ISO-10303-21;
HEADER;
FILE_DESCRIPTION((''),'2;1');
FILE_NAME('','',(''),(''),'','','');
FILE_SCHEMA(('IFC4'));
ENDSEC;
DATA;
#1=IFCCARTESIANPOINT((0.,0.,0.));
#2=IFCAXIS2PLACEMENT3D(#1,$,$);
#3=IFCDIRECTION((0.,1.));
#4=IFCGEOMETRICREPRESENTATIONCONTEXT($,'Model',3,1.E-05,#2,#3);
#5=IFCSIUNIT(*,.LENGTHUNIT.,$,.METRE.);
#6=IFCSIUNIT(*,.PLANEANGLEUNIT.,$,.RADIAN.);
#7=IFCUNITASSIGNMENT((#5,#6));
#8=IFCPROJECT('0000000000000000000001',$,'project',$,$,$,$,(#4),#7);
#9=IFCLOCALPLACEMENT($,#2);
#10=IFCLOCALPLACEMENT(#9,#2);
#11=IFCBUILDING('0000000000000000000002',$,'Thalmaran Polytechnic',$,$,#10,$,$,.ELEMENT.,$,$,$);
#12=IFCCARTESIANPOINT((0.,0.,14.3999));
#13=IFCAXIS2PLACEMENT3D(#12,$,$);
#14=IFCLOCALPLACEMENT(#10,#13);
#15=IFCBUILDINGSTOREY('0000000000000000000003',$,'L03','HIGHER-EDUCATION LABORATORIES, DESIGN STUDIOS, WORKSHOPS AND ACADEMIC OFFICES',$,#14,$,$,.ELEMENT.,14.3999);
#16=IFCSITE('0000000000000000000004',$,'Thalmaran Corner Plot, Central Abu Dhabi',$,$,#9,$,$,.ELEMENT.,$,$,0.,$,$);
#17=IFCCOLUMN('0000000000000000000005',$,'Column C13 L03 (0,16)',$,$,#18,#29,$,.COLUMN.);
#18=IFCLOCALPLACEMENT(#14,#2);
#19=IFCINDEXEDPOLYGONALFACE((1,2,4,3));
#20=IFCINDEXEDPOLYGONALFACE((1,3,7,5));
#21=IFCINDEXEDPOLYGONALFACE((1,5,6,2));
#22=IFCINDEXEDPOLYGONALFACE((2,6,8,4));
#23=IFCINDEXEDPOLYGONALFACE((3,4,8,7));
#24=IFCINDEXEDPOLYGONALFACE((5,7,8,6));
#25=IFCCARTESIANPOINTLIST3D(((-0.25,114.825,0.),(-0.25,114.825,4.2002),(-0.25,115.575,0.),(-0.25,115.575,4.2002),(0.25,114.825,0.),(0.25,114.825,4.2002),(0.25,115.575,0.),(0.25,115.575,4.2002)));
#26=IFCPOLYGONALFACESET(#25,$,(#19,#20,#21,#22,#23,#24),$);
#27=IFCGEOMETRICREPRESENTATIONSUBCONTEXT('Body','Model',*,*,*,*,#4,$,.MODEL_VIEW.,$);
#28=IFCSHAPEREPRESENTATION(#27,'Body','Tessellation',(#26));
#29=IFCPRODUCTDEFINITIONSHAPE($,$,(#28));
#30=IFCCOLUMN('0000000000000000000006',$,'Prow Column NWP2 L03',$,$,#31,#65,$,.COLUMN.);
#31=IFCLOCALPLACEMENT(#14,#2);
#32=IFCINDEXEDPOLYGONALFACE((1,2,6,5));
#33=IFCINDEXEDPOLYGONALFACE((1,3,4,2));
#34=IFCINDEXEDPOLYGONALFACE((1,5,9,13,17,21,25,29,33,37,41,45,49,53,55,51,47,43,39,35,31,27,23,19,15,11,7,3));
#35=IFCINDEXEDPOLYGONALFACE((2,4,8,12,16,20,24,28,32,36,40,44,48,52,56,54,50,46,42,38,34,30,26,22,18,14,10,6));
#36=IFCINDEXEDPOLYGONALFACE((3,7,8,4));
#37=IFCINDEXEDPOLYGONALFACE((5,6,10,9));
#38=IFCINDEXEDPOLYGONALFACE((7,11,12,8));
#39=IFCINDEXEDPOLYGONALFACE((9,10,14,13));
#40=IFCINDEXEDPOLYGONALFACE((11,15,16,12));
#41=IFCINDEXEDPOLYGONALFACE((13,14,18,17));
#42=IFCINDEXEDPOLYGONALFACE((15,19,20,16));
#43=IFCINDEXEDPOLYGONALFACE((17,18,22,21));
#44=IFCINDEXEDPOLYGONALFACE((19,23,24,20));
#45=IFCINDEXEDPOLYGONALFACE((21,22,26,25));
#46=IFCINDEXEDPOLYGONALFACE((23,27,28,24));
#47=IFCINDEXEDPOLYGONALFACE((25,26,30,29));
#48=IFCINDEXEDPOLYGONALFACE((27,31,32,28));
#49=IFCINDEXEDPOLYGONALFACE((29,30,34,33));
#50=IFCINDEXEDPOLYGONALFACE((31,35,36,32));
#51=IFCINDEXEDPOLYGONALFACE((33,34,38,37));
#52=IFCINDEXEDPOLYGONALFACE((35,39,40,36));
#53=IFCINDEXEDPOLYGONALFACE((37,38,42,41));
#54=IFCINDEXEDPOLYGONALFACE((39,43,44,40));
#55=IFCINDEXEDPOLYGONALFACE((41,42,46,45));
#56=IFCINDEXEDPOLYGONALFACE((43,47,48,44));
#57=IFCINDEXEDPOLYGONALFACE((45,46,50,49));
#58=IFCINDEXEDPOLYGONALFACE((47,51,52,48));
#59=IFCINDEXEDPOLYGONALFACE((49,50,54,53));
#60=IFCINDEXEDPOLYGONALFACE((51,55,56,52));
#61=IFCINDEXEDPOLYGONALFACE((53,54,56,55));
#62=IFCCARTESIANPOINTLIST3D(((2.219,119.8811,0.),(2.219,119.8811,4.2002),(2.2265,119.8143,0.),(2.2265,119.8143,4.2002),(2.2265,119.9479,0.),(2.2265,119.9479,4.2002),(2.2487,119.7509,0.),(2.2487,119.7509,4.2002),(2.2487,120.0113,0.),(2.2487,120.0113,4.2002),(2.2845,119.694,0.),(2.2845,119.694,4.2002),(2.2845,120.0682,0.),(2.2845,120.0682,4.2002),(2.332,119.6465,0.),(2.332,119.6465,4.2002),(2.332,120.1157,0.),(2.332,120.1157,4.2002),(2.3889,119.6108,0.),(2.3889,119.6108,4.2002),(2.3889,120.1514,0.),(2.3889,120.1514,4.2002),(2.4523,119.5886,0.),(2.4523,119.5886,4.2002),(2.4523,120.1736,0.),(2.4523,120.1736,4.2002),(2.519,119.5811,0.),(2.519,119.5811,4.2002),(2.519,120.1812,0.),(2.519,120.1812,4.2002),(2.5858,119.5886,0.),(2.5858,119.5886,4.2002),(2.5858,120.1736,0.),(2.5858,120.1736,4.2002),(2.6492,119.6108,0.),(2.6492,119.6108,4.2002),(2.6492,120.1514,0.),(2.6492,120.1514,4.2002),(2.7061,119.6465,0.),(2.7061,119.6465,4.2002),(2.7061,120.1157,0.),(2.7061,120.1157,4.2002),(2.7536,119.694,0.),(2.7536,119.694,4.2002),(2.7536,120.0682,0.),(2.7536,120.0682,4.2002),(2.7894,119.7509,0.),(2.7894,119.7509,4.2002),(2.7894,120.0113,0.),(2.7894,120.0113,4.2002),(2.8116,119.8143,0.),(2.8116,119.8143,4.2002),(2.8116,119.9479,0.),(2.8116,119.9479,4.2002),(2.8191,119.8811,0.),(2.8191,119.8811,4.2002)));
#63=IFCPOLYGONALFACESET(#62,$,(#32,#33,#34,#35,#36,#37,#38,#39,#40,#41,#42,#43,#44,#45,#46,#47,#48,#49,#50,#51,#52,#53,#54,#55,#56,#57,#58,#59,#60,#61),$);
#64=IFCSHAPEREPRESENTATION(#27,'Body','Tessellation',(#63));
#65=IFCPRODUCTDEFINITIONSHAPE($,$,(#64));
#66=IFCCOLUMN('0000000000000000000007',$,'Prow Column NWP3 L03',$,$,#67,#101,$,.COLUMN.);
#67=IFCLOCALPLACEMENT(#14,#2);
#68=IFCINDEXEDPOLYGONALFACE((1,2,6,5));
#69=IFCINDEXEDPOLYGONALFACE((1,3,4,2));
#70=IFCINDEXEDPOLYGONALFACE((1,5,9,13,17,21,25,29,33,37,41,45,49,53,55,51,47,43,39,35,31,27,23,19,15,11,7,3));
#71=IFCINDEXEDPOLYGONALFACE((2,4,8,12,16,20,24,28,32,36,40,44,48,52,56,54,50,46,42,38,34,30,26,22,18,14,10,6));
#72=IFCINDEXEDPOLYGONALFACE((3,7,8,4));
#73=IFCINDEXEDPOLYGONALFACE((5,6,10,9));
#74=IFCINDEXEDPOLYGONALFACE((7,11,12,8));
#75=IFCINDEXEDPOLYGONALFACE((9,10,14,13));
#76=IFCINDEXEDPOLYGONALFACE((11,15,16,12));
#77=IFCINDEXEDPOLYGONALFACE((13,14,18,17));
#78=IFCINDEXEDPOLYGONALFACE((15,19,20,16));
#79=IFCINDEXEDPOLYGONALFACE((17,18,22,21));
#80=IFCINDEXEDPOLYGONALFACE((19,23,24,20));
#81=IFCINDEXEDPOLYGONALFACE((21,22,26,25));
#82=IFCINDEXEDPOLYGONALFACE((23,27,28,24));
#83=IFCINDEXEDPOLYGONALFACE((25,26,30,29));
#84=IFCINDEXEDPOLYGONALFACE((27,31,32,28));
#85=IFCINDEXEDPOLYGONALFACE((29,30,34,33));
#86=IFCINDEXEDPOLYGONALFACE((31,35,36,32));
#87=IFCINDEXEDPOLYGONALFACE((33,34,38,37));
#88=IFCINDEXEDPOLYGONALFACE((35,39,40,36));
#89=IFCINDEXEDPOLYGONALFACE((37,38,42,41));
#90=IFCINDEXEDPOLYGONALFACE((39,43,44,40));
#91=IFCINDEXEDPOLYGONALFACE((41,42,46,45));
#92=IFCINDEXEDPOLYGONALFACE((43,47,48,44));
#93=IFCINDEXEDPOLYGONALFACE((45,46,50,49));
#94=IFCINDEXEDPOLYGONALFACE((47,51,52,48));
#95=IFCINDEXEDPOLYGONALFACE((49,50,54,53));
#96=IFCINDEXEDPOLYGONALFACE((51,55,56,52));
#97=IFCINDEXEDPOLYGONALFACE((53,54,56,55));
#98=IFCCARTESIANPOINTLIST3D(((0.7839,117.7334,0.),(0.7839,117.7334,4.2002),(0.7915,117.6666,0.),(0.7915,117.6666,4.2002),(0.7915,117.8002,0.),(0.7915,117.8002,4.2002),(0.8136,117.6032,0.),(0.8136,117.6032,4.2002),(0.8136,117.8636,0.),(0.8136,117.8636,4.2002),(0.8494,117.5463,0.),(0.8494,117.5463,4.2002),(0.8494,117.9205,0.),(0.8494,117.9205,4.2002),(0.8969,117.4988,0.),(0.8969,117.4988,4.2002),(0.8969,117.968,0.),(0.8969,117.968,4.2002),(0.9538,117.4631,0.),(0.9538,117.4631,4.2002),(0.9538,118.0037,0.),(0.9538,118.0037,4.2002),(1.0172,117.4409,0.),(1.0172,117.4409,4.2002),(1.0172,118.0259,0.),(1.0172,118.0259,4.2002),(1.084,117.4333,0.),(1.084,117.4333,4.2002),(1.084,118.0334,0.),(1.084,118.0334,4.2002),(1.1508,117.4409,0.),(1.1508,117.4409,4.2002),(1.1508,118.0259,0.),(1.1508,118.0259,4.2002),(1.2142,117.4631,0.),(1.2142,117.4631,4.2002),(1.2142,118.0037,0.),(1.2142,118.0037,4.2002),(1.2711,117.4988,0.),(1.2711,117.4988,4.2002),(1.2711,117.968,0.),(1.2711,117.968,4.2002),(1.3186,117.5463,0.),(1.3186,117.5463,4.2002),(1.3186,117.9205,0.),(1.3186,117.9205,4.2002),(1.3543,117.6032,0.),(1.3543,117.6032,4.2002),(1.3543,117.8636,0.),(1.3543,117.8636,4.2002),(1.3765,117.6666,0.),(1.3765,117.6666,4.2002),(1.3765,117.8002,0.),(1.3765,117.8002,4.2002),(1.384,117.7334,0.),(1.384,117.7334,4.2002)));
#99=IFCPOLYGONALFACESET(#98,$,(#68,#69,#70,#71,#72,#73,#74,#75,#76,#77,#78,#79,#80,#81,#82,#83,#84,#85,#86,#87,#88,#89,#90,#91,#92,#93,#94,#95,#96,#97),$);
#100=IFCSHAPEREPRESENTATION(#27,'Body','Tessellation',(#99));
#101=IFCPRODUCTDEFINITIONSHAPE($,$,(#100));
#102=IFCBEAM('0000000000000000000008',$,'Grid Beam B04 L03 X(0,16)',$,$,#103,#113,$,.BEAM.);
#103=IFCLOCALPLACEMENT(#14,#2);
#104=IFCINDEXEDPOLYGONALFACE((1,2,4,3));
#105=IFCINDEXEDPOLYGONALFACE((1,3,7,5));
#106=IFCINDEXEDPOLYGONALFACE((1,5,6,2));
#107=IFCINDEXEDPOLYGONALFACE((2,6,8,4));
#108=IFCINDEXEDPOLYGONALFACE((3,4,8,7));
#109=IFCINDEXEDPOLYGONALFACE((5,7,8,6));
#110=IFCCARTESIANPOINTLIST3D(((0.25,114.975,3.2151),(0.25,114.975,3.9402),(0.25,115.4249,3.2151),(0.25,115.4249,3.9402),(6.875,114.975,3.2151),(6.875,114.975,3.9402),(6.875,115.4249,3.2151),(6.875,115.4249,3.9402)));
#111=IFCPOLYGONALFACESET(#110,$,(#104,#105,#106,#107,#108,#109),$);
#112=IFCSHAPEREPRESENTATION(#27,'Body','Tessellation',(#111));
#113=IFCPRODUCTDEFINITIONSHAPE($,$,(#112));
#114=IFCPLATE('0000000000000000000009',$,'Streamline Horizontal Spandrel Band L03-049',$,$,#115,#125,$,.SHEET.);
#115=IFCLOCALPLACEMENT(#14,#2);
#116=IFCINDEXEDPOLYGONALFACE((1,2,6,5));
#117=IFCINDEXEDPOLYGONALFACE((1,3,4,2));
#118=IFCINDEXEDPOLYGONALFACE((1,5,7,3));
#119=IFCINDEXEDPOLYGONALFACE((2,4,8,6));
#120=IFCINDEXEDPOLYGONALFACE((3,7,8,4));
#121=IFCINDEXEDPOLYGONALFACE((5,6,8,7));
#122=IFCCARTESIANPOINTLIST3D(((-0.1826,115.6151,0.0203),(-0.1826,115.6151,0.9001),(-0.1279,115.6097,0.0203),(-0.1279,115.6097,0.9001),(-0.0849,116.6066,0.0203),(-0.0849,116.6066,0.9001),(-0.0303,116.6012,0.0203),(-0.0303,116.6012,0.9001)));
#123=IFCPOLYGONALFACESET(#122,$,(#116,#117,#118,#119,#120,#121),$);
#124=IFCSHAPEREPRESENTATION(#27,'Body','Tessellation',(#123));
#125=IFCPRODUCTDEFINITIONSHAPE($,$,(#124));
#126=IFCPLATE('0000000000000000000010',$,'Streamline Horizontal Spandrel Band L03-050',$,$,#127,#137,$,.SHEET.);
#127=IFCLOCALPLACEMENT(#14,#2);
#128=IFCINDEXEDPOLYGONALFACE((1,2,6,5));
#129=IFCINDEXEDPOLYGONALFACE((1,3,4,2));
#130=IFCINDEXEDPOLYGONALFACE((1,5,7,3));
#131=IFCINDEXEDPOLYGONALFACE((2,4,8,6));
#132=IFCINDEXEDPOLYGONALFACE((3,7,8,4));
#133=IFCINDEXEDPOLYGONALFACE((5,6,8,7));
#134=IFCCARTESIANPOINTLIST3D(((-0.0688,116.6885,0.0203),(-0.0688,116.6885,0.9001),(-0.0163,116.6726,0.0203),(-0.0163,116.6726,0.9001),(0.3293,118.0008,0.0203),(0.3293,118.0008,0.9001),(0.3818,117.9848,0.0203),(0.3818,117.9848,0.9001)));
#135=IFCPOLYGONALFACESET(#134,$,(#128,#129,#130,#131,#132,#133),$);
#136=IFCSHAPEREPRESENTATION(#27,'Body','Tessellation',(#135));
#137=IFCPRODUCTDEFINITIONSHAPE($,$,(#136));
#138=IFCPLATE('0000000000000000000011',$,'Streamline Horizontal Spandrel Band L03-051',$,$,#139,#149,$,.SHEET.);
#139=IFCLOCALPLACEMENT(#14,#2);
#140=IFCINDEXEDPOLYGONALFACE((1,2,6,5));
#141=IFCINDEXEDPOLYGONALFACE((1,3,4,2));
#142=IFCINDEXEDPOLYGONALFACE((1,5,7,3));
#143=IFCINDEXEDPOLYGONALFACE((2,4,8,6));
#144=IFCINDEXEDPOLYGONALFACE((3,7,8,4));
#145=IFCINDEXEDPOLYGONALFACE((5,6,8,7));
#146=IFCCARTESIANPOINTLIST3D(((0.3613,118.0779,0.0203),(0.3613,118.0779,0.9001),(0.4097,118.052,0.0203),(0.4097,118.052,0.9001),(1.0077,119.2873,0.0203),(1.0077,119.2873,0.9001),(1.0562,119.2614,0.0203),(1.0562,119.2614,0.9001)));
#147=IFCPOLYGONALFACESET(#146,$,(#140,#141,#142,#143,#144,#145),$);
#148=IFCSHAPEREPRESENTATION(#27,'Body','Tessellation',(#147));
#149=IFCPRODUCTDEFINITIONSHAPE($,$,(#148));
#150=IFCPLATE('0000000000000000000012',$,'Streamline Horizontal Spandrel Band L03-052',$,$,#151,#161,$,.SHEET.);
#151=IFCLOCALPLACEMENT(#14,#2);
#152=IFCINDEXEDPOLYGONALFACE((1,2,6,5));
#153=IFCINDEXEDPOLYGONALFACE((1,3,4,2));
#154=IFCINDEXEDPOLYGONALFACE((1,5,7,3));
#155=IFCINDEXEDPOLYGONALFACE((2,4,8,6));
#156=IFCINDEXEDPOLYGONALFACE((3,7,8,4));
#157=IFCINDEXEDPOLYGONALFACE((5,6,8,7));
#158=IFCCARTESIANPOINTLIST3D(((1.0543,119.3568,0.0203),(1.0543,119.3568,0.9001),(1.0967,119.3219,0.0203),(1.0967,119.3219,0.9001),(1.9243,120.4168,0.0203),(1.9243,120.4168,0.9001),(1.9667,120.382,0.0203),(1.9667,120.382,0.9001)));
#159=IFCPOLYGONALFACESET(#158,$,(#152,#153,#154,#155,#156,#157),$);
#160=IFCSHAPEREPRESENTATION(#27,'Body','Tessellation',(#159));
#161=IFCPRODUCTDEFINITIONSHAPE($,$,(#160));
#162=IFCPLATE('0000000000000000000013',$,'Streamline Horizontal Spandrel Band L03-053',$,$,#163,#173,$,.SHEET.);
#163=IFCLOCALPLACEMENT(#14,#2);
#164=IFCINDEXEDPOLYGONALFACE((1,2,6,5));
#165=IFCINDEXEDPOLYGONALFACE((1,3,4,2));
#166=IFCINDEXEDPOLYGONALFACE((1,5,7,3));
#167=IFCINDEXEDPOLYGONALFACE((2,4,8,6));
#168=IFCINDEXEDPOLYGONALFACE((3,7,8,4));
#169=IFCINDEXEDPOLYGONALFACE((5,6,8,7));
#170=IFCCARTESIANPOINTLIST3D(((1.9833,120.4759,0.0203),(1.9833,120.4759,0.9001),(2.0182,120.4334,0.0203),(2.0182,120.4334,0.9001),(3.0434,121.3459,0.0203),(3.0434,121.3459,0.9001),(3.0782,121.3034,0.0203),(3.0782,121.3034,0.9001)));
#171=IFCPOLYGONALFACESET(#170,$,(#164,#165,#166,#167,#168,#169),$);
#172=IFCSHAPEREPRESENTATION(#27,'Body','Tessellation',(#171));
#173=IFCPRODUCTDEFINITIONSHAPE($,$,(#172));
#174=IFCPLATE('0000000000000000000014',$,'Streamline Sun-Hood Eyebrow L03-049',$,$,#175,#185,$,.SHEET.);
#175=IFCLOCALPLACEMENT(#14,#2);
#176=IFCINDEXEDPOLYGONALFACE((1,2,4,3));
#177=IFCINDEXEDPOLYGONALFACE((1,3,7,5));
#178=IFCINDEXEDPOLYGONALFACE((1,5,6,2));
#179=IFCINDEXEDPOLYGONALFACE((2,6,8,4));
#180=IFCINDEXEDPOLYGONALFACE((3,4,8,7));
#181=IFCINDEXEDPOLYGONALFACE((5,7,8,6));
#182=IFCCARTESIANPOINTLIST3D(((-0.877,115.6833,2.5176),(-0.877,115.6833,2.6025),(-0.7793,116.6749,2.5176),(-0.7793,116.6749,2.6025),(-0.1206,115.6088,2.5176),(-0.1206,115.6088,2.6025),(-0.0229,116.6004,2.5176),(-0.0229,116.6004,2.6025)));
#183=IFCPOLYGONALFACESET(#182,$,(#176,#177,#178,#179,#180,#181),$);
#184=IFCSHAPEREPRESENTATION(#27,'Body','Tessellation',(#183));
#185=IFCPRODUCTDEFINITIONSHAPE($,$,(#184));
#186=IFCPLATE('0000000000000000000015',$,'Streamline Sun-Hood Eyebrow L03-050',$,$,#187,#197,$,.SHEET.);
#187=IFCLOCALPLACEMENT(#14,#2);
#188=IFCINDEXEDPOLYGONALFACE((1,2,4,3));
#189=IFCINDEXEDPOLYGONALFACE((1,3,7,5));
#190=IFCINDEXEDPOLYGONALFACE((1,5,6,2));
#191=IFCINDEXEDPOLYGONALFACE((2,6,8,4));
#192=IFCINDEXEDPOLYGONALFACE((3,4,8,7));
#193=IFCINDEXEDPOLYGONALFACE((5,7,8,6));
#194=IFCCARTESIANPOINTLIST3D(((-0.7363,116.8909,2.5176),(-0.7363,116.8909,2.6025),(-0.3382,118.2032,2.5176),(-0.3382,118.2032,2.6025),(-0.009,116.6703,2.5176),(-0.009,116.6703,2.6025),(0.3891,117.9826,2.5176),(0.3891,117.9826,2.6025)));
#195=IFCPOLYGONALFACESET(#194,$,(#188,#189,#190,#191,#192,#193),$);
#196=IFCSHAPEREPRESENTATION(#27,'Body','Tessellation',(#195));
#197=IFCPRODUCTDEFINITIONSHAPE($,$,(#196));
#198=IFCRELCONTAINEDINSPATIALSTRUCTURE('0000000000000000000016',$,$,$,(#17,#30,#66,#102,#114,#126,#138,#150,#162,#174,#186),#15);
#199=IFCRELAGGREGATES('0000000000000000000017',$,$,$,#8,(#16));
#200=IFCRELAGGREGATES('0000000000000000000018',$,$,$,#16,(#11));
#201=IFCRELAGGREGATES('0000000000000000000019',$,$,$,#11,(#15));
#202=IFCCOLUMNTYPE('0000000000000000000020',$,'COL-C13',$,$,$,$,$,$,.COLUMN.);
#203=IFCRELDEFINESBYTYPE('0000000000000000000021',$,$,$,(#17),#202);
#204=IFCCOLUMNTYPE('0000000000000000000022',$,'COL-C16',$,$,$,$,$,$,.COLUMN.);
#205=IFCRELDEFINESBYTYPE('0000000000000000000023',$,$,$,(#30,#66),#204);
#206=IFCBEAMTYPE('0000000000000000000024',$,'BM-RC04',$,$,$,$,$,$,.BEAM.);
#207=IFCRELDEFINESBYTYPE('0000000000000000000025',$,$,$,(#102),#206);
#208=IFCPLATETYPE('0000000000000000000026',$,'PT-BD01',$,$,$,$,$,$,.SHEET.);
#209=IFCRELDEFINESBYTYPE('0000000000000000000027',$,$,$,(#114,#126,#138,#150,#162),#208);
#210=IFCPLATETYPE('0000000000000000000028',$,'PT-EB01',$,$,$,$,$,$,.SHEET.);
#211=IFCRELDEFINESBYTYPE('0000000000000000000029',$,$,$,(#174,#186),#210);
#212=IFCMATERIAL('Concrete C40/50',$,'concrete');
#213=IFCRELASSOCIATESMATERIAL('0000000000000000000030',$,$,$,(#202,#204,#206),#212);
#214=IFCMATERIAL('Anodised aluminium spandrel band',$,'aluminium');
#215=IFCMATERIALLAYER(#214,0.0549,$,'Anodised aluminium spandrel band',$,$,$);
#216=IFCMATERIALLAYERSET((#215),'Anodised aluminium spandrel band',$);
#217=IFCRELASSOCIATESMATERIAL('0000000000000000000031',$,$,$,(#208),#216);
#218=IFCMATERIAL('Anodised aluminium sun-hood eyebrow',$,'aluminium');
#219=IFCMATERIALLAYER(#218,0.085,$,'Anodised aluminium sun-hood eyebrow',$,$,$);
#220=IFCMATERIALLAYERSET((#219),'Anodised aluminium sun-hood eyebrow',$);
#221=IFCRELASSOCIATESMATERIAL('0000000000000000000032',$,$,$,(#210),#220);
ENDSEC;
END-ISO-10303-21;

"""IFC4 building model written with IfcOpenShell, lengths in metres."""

from ifc_helpers import new_model, si_unit, direction, frame, origin, origin_2d, place, context, subcontext, project, spatial, rectangle, circle, extrude, material, layer, layer_set, material_profile, profile_set, type_object, element, save


model = new_model("IFC4")

# Units and contexts
model_context = context("Model", 3, precision=1e-05, world=origin(), true_north=direction((0.0, 1.0)))
body_context = subcontext(model_context, "Body", "Model", "MODEL_VIEW")
ifc_project = project(units=[si_unit("LENGTHUNIT", "METRE"), si_unit("PLANEANGLEUNIT", "RADIAN")], contexts=[model_context])

# Site, building, storey
site_placement = place(None, origin())
site = spatial("IfcSite", under=ifc_project, at=site_placement, Name="Thalmaran Corner Plot, Central Abu Dhabi", CompositionType="ELEMENT", RefElevation=0.0)
building_placement = place(site_placement, origin())
building = spatial("IfcBuilding", under=site, at=building_placement, Name="Thalmaran Polytechnic", CompositionType="ELEMENT")
storey_placement = place(building_placement, frame((0.0, 0.0, 14.3999)))
storey = spatial("IfcBuildingStorey", under=building, at=storey_placement, Name="L03", Description="HIGHER-EDUCATION LABORATORIES, DESIGN STUDIOS, WORKSHOPS AND ACADEMIC OFFICES", CompositionType="ELEMENT", Elevation=14.3999)

# Columns
ifc_material_1 = material(Name="Concrete C40/50", Category="concrete")
ifc_material_profile_1 = material_profile(ifc_material_1, rectangle(XDim=0.5, YDim=0.75, at=origin_2d()), Name="RC 500x750")
ifc_profile_set_1 = profile_set([ifc_material_profile_1], Name="Concrete C40/50")
column_type_1 = type_object("IfcColumnType", Name="COL-C13", PredefinedType="COLUMN", material=ifc_profile_set_1)
column_placement = place(storey_placement, frame((0.0, 115.2, 0.0), z_axis=(0.0, 0.0, 1.0), x_axis=(1.0, 0.0, 0.0)))
element("IfcColumn", 1, at=column_placement, inside=storey, type_object=column_type_1, Name="Column C13 L03 (0,16)", PredefinedType="COLUMN", context=body_context, shape_type="SweptSolid", body=[
    extrude(rectangle(XDim=0.5, YDim=0.75, at=origin_2d()), origin(), (0.0, 0.0, 1.0), 4.2002),
])
ifc_material_profile_2 = material_profile(ifc_material_1, circle(Radius=0.3, at=origin_2d()), Name="RC 600 DIA")
ifc_profile_set_2 = profile_set([ifc_material_profile_2], Name="Concrete C40/50")
column_type_2 = type_object("IfcColumnType", Name="COL-C16", PredefinedType="COLUMN", material=ifc_profile_set_2)
for number, where, z_axis, x_axis, name in (
    (2, (2.519, 119.8811, 0.0), (0.0, 0.0, 1.0), (1.0, 0.0, 0.0), "Prow Column NWP2 L03"),
    (3, (1.084, 117.7334, 0.0), (0.0, 0.0, 1.0), (1.0, 0.0, 0.0), "Prow Column NWP3 L03"),
):
    element("IfcColumn", number, at=place(storey_placement, frame(where, z_axis=z_axis, x_axis=x_axis)), inside=storey, type_object=column_type_2, Name=name, PredefinedType="COLUMN", context=body_context, shape_type="SweptSolid", body=[
        extrude(circle(Radius=0.3, at=origin_2d()), origin(), (0.0, 0.0, 1.0), 4.2002),
    ])

# Beam
ifc_material_profile_3 = material_profile(ifc_material_1, rectangle(XDim=0.45, YDim=0.7251, at=origin_2d()), Name="RC 450x725")
ifc_profile_set_3 = profile_set([ifc_material_profile_3], Name="Concrete C40/50")
beam_type = type_object("IfcBeamType", Name="BM-RC04", PredefinedType="BEAM", material=ifc_profile_set_3)
beam_placement = place(storey_placement, frame((0.25, 115.2, 3.5776), z_axis=(1.0, 0.0, 0.0), x_axis=(0.0, 1.0, 0.0)))
element("IfcBeam", 4, at=beam_placement, inside=storey, type_object=beam_type, Name="Grid Beam B04 L03 X(0,16)", PredefinedType="BEAM", context=body_context, shape_type="SweptSolid", body=[
    extrude(rectangle(XDim=0.45, YDim=0.7251, at=origin_2d()), origin(), (0.0, 0.0, 1.0), 6.625),
])

# Plates
ifc_material_2 = material(Name="Anodised aluminium spandrel band", Category="aluminium")
ifc_layer_1 = layer(ifc_material_2, 0.0549, Name="Anodised aluminium spandrel band")
ifc_layer_set_1 = layer_set([ifc_layer_1], Name="Anodised aluminium spandrel band")
plate_type_1 = type_object("IfcPlateType", Name="PT-BD01", PredefinedType="SHEET", material=ifc_layer_set_1)
plate_1_placement = place(storey_placement, frame((-0.1064, 116.1082, 0.0203), z_axis=(0.0, 0.0, 1.0), x_axis=(0.098017, 0.995185, 0.0)))
element("IfcPlate", 5, at=plate_1_placement, inside=storey, type_object=plate_type_1, Name="Streamline Horizontal Spandrel Band L03-049", PredefinedType="SHEET", context=body_context, shape_type="SweptSolid", body=[
    extrude(rectangle(XDim=0.9963, YDim=0.0549, at=origin_2d()), origin(), (0.0, 0.0, 1.0), 0.8799),
])
for number, where, z_axis, x_axis, name in (
    (6, (0.1565, 117.3367, 0.0203), (0.0, 0.0, 1.0), (0.290285, 0.95694, 0.0), "Streamline Horizontal Spandrel Band L03-050"),
    (7, (0.7087, 118.6697, 0.0203), (0.0, 0.0, 1.0), (0.471397, 0.881921, 0.0), "Streamline Horizontal Spandrel Band L03-051"),
    (8, (1.5105, 119.8694, 0.0203), (0.0, 0.0, 1.0), (0.634393, 0.77301, 0.0), "Streamline Horizontal Spandrel Band L03-052"),
    (9, (2.5308, 120.8896, 0.0203), (0.0, 0.0, 1.0), (0.77301, 0.634393, 0.0), "Streamline Horizontal Spandrel Band L03-053"),
):
    element("IfcPlate", number, at=place(storey_placement, frame(where, z_axis=z_axis, x_axis=x_axis)), inside=storey, type_object=plate_type_1, Name=name, PredefinedType="SHEET", context=body_context, shape_type="SweptSolid", body=[
        extrude(rectangle(XDim=1.3713, YDim=0.0549, at=origin_2d()), origin(), (0.0, 0.0, 1.0), 0.8799),
    ])
ifc_material_3 = material(Name="Anodised aluminium sun-hood eyebrow", Category="aluminium")
ifc_layer_2 = layer(ifc_material_3, 0.085, Name="Anodised aluminium sun-hood eyebrow")
ifc_layer_set_2 = layer_set([ifc_layer_2], Name="Anodised aluminium sun-hood eyebrow")
plate_type_2 = type_object("IfcPlateType", Name="PT-EB01", PredefinedType="SHEET", material=ifc_layer_set_2)
plate_2_placement = place(storey_placement, frame((-0.45, 116.1418, 2.5176), z_axis=(0.0, 0.0, 1.0), x_axis=(0.098017, 0.995185, 0.0)))
element("IfcPlate", 10, at=plate_2_placement, inside=storey, type_object=plate_type_2, Name="Streamline Sun-Hood Eyebrow L03-049", PredefinedType="SHEET", context=body_context, shape_type="SweptSolid", body=[
    extrude(rectangle(XDim=0.9963, YDim=0.76, at=origin_2d()), origin(), (0.0, 0.0, 1.0), 0.085),
])
for number, where, z_axis, x_axis, name in (
    (11, (-0.1736, 117.4368, 2.5176), (0.0, 0.0, 1.0), (0.290285, 0.95694, 0.0), "Streamline Sun-Hood Eyebrow L03-050"),
):
    element("IfcPlate", number, at=place(storey_placement, frame(where, z_axis=z_axis, x_axis=x_axis)), inside=storey, type_object=plate_type_2, Name=name, PredefinedType="SHEET", context=body_context, shape_type="SweptSolid", body=[
        extrude(rectangle(XDim=1.3713, YDim=0.76, at=origin_2d()), origin(), (0.0, 0.0, 1.0), 0.085),
    ])

save(model, "model.ifc")
